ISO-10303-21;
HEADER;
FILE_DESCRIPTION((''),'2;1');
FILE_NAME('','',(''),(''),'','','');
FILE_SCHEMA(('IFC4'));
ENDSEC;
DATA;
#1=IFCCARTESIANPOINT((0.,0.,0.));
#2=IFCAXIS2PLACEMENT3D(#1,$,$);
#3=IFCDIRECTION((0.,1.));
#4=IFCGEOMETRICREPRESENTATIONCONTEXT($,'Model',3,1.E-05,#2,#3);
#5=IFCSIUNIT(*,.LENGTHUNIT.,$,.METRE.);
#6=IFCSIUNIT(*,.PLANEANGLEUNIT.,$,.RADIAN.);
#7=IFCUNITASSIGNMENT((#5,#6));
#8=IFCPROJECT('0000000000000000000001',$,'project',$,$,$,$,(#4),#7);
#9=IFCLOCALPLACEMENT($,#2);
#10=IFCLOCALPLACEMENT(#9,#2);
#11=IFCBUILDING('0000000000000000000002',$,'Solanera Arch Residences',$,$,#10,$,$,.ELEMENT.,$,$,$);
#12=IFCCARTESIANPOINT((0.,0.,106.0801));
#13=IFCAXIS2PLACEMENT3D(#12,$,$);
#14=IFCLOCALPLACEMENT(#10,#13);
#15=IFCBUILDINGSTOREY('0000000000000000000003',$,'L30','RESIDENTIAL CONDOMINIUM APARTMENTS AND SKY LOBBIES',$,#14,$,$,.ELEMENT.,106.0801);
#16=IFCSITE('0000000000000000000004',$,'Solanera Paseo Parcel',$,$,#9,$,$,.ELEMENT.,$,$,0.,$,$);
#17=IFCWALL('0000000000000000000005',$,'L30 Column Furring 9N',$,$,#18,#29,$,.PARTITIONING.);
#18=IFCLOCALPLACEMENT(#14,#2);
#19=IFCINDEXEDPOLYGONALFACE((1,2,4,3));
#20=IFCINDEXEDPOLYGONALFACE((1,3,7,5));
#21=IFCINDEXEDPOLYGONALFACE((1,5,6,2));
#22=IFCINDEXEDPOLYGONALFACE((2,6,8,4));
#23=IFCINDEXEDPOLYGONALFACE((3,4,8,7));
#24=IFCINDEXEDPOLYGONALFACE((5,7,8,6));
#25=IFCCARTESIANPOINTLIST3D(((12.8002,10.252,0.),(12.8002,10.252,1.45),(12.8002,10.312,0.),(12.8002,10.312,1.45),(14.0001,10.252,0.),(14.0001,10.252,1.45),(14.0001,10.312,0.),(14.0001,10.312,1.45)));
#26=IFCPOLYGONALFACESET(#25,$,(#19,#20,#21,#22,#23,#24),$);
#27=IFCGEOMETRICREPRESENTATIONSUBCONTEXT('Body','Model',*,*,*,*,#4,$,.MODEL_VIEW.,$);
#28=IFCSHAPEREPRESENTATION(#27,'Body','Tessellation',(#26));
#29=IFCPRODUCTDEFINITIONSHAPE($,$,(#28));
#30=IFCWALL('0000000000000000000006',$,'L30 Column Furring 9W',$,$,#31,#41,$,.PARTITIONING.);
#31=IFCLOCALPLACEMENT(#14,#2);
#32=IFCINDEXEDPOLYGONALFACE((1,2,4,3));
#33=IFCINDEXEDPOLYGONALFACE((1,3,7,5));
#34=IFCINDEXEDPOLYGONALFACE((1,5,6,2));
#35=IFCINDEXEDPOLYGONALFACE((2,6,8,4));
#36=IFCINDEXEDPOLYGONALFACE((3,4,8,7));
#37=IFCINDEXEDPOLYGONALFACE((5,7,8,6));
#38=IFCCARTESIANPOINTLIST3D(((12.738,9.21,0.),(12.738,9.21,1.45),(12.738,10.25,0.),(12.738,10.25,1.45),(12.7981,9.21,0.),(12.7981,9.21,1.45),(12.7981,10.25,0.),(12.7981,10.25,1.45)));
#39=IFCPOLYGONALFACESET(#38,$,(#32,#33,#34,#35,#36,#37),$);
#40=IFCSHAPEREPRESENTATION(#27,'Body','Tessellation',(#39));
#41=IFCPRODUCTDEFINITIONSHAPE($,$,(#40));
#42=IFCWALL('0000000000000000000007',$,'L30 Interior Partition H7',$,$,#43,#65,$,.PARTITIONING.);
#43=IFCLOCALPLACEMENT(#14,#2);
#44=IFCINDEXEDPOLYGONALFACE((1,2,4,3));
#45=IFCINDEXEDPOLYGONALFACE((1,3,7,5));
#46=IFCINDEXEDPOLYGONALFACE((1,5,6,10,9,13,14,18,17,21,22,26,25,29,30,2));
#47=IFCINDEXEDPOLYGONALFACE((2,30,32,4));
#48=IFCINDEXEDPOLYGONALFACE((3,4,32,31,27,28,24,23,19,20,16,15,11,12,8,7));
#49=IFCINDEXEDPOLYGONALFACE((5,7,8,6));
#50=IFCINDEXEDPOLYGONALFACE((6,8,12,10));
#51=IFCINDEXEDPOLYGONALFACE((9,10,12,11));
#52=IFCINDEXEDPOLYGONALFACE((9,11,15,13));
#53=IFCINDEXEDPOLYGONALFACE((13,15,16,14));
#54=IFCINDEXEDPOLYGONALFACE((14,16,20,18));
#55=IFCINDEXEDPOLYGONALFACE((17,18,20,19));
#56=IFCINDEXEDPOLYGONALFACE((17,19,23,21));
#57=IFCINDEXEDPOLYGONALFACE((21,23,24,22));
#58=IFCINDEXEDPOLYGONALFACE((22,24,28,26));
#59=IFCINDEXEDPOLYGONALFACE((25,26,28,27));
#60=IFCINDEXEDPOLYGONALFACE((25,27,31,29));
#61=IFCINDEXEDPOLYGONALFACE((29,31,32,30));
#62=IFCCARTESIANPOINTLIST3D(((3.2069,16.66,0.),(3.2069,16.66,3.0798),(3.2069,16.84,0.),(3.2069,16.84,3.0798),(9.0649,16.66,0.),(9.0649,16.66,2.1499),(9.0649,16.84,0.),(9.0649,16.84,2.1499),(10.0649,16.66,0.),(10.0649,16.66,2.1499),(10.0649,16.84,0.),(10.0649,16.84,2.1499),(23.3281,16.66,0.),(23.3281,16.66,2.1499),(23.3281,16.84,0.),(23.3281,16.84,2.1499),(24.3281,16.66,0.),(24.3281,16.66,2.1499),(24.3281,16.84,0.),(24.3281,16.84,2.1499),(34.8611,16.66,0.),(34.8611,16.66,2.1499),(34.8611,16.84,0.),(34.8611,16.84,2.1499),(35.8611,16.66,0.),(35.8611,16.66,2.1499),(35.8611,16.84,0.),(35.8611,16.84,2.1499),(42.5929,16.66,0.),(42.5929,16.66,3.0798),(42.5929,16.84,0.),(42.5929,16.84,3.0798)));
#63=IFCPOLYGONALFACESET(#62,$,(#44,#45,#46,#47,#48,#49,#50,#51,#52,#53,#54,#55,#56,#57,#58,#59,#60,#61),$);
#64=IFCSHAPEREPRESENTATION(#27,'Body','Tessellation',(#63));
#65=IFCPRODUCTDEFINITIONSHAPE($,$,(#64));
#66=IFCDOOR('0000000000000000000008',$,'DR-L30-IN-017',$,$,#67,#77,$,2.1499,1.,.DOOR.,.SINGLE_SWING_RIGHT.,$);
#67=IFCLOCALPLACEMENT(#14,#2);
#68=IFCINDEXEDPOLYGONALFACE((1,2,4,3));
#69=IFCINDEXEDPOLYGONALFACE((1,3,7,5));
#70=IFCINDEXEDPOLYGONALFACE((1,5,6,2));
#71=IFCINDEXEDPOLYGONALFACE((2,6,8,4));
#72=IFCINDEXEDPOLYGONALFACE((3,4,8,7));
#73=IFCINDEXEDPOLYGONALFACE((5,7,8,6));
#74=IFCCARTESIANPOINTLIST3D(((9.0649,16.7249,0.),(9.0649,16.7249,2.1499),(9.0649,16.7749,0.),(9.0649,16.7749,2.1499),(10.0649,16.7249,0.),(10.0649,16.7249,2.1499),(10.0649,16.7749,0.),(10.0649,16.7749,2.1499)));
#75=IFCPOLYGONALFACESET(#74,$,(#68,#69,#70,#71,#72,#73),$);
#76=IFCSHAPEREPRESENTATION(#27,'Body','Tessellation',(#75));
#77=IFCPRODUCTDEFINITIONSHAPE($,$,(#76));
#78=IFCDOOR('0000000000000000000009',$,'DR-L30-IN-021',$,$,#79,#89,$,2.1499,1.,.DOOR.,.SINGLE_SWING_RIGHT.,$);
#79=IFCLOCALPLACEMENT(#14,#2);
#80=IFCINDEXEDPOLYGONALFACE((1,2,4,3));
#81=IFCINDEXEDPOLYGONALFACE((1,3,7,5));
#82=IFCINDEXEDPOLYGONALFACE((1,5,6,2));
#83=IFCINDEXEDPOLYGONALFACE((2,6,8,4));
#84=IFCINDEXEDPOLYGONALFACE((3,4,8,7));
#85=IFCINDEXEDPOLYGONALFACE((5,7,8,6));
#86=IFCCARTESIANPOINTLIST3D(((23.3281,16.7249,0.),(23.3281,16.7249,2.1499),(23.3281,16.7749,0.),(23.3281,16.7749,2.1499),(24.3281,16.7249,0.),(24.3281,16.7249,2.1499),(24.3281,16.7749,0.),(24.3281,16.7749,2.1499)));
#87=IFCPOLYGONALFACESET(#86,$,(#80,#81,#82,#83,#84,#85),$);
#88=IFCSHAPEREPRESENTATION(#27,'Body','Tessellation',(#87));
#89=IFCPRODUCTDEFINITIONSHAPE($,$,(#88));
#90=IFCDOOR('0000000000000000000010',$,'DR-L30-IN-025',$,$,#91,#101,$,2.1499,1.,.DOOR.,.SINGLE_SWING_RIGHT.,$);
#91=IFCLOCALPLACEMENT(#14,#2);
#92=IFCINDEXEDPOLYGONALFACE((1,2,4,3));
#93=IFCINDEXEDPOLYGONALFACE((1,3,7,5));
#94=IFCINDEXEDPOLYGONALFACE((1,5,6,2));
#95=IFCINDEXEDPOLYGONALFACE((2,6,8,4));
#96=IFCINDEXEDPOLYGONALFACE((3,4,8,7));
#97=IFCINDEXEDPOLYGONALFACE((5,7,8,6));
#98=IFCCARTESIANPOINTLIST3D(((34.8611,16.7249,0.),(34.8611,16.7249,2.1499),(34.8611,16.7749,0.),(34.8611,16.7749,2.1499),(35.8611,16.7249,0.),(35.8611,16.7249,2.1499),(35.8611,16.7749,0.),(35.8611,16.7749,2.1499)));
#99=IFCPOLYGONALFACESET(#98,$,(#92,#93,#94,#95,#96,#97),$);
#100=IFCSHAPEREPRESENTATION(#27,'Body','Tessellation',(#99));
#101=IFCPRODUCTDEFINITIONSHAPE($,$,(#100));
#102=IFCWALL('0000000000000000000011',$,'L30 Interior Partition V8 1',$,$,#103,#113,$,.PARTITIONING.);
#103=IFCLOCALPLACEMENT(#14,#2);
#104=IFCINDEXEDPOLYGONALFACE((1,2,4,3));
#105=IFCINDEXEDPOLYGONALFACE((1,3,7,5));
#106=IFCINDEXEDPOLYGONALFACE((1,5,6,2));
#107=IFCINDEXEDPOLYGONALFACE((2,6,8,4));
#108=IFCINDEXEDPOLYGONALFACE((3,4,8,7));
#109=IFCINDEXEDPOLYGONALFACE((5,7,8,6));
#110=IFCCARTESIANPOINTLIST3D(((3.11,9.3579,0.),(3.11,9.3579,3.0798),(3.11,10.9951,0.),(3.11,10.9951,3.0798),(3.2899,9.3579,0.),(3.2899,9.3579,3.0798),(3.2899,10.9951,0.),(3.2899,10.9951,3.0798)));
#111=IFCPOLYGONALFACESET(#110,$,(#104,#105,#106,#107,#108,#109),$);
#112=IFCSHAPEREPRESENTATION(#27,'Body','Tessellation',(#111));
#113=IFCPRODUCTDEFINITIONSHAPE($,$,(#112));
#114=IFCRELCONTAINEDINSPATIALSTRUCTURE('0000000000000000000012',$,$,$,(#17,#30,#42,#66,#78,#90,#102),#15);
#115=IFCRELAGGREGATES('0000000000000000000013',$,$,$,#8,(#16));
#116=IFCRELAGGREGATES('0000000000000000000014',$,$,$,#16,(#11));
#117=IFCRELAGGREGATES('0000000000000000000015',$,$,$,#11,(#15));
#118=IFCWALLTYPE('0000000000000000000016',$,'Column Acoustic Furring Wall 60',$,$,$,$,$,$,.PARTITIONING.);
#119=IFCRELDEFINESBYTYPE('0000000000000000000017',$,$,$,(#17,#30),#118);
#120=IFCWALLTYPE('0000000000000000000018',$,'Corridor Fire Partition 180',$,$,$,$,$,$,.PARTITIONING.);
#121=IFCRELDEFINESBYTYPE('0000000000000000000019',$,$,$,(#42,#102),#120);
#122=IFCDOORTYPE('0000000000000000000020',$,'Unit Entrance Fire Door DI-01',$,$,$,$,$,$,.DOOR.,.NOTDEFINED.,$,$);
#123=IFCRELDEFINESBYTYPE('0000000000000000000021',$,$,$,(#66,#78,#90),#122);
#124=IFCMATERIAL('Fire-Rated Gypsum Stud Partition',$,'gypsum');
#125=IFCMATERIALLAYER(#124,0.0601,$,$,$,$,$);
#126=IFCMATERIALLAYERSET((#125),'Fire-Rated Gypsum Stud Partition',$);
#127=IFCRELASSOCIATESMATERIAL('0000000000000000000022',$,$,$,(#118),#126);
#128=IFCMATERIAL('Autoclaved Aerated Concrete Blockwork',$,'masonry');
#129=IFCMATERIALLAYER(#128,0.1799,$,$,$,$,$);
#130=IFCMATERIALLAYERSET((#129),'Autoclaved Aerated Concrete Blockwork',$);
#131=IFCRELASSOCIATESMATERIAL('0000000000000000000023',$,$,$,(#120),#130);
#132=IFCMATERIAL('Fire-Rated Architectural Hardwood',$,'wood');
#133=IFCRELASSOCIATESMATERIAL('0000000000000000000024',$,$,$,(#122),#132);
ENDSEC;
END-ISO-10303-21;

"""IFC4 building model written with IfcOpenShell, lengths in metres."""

from ifc_helpers import new_model, si_unit, direction, frame, frame_2d, origin, place, context, subcontext, project, spatial, rectangle, extrude, material, layer, layer_set, type_object, element, fill, save


model = new_model("IFC4")

# Units and contexts
model_context = context("Model", 3, precision=1e-05, world=origin(), true_north=direction((0.0, 1.0)))
body_context = subcontext(model_context, "Body", "Model", "MODEL_VIEW")
ifc_project = project(units=[si_unit("LENGTHUNIT", "METRE"), si_unit("PLANEANGLEUNIT", "RADIAN")], contexts=[model_context])

# Site, building, storey
site_placement = place(None, origin())
site = spatial("IfcSite", under=ifc_project, at=site_placement, Name="Solanera Paseo Parcel", CompositionType="ELEMENT", RefElevation=0.0)
building_placement = place(site_placement, origin())
building = spatial("IfcBuilding", under=site, at=building_placement, Name="Solanera Arch Residences", CompositionType="ELEMENT")
storey_placement = place(building_placement, frame((0.0, 0.0, 106.0801)))
storey = spatial("IfcBuildingStorey", under=building, at=storey_placement, Name="L30", Description="RESIDENTIAL CONDOMINIUM APARTMENTS AND SKY LOBBIES", CompositionType="ELEMENT", Elevation=106.0801)

# Walls
ifc_material_1 = material(Name="Fire-Rated Gypsum Stud Partition", Category="gypsum")
ifc_layer_1 = layer(ifc_material_1, 0.0601)
ifc_layer_set_1 = layer_set([ifc_layer_1], Name="Fire-Rated Gypsum Stud Partition")
wall_type_1 = type_object("IfcWallType", Name="Column Acoustic Furring Wall 60", PredefinedType="PARTITIONING", material=ifc_layer_set_1)
wall_1_placement = place(storey_placement, frame((12.8, 10.282, 0.0), z_axis=(0.0, 0.0, 1.0), x_axis=(1.0, 0.0, 0.0)))
element("IfcWall", 1, at=wall_1_placement, inside=storey, type_object=wall_type_1, Name="L30 Column Furring 9N", PredefinedType="PARTITIONING", context=body_context, shape_type="SweptSolid", body=[
    extrude(rectangle(XDim=1.2, YDim=0.0601, at=frame_2d((0.6001, 0.0))), origin(), (0.0, 0.0, 1.0), 1.45),
])
wall_2_placement = place(storey_placement, frame((12.7681, 9.21, 0.0), z_axis=(0.0, 0.0, 1.0), x_axis=(0.0, 1.0, 0.0)))
element("IfcWall", 2, at=wall_2_placement, inside=storey, type_object=wall_type_1, Name="L30 Column Furring 9W", PredefinedType="PARTITIONING", context=body_context, shape_type="SweptSolid", body=[
    extrude(rectangle(XDim=1.04, YDim=0.0601, at=frame_2d((0.52, 0.0))), origin(), (0.0, 0.0, 1.0), 1.45),
])

# Wall, openings, doors
ifc_material_2 = material(Name="Autoclaved Aerated Concrete Blockwork", Category="masonry")
ifc_layer_2 = layer(ifc_material_2, 0.1799)
ifc_layer_set_2 = layer_set([ifc_layer_2], Name="Autoclaved Aerated Concrete Blockwork")
wall_type_2 = type_object("IfcWallType", Name="Corridor Fire Partition 180", PredefinedType="PARTITIONING", material=ifc_layer_set_2)
wall_3_placement = place(storey_placement, frame((3.207, 16.75, 0.0), z_axis=(0.0, 0.0, 1.0), x_axis=(1.0, 0.0, 0.0)))
wall_3 = element("IfcWall", 3, at=wall_3_placement, inside=storey, type_object=wall_type_2, Name="L30 Interior Partition H7", PredefinedType="PARTITIONING", context=body_context, shape_type="SweptSolid", body=[
    extrude(rectangle(XDim=39.386, YDim=0.1799, at=frame_2d((19.6929, 0.0))), origin(), (0.0, 0.0, 1.0), 3.0798),
])
opening_1_placement = place(wall_3_placement, frame((5.8579, 0.0, 0.0)))
opening_1 = element("IfcOpeningElement", 4, at=opening_1_placement, cuts=wall_3, PredefinedType="OPENING", context=body_context, shape_type="SweptSolid", body=[
    extrude(rectangle(XDim=1.0, YDim=2.1499, at=frame_2d((0.5, 1.075))), frame((0.0, 0.1001, 0.0), z_axis=(0.0, -1.0, 0.0), x_axis=(1.0, 0.0, 0.0)), (0.0, 0.0, 1.0), 0.1999),
])
opening_2_placement = place(wall_3_placement, frame((20.1211, 0.0, 0.0)))
opening_2 = element("IfcOpeningElement", 5, at=opening_2_placement, cuts=wall_3, PredefinedType="OPENING", context=body_context, shape_type="SweptSolid", body=[
    extrude(rectangle(XDim=1.0, YDim=2.1499, at=frame_2d((0.5, 1.075))), frame((0.0, 0.1001, 0.0), z_axis=(0.0, -1.0, 0.0), x_axis=(1.0, 0.0, 0.0)), (0.0, 0.0, 1.0), 0.1999),
])
opening_3_placement = place(wall_3_placement, frame((31.6541, 0.0, 0.0)))
opening_3 = element("IfcOpeningElement", 6, at=opening_3_placement, cuts=wall_3, PredefinedType="OPENING", context=body_context, shape_type="SweptSolid", body=[
    extrude(rectangle(XDim=1.0, YDim=2.1499, at=frame_2d((0.5, 1.075))), frame((0.0, 0.1001, 0.0), z_axis=(0.0, -1.0, 0.0), x_axis=(1.0, 0.0, 0.0)), (0.0, 0.0, 1.0), 0.1999),
])
ifc_material_3 = material(Name="Fire-Rated Architectural Hardwood", Category="wood")
door_type_1 = type_object("IfcDoorType", Name="Unit Entrance Fire Door DI-01", OperationType="NOTDEFINED", PredefinedType="DOOR", material=ifc_material_3)
door_1_placement = place(opening_1_placement, origin())
door_1 = element("IfcDoor", 7, at=door_1_placement, inside=storey, type_object=door_type_1, Name="DR-L30-IN-017", OperationType="SINGLE_SWING_RIGHT", OverallHeight=2.1499, OverallWidth=1.0, PredefinedType="DOOR", context=body_context, shape_type="SweptSolid", body=[
    extrude(rectangle(XDim=1.0, YDim=2.1499, at=frame_2d((0.5, 1.075))), frame((0.0, 0.0249, 0.0), z_axis=(0.0, -1.0, 0.0), x_axis=(1.0, 0.0, 0.0)), (0.0, 0.0, 1.0), 0.05),
])
fill(opening_1, door_1)
door_2_placement = place(opening_2_placement, origin())
door_2 = element("IfcDoor", 8, at=door_2_placement, inside=storey, type_object=door_type_1, Name="DR-L30-IN-021", OperationType="SINGLE_SWING_RIGHT", OverallHeight=2.1499, OverallWidth=1.0, PredefinedType="DOOR", context=body_context, shape_type="SweptSolid", body=[
    extrude(rectangle(XDim=1.0, YDim=2.1499, at=frame_2d((0.5, 1.075))), frame((0.0, 0.0249, 0.0), z_axis=(0.0, -1.0, 0.0), x_axis=(1.0, 0.0, 0.0)), (0.0, 0.0, 1.0), 0.05),
])
fill(opening_2, door_2)
door_3_placement = place(opening_3_placement, origin())
door_3 = element("IfcDoor", 9, at=door_3_placement, inside=storey, type_object=door_type_1, Name="DR-L30-IN-025", OperationType="SINGLE_SWING_RIGHT", OverallHeight=2.1499, OverallWidth=1.0, PredefinedType="DOOR", context=body_context, shape_type="SweptSolid", body=[
    extrude(rectangle(XDim=1.0, YDim=2.1499, at=frame_2d((0.5, 1.075))), frame((0.0, 0.0249, 0.0), z_axis=(0.0, -1.0, 0.0), x_axis=(1.0, 0.0, 0.0)), (0.0, 0.0, 1.0), 0.05),
])
fill(opening_3, door_3)

# Wall
wall_4_placement = place(storey_placement, frame((3.2, 9.3579, 0.0), z_axis=(0.0, 0.0, 1.0), x_axis=(0.0, 1.0, 0.0)))
element("IfcWall", 10, at=wall_4_placement, inside=storey, type_object=wall_type_2, Name="L30 Interior Partition V8 1", PredefinedType="PARTITIONING", context=body_context, shape_type="SweptSolid", body=[
    extrude(rectangle(XDim=1.6372, YDim=0.1799, at=frame_2d((0.8186, 0.0))), origin(), (0.0, 0.0, 1.0), 3.0798),
])

save(model, "model.ifc")
